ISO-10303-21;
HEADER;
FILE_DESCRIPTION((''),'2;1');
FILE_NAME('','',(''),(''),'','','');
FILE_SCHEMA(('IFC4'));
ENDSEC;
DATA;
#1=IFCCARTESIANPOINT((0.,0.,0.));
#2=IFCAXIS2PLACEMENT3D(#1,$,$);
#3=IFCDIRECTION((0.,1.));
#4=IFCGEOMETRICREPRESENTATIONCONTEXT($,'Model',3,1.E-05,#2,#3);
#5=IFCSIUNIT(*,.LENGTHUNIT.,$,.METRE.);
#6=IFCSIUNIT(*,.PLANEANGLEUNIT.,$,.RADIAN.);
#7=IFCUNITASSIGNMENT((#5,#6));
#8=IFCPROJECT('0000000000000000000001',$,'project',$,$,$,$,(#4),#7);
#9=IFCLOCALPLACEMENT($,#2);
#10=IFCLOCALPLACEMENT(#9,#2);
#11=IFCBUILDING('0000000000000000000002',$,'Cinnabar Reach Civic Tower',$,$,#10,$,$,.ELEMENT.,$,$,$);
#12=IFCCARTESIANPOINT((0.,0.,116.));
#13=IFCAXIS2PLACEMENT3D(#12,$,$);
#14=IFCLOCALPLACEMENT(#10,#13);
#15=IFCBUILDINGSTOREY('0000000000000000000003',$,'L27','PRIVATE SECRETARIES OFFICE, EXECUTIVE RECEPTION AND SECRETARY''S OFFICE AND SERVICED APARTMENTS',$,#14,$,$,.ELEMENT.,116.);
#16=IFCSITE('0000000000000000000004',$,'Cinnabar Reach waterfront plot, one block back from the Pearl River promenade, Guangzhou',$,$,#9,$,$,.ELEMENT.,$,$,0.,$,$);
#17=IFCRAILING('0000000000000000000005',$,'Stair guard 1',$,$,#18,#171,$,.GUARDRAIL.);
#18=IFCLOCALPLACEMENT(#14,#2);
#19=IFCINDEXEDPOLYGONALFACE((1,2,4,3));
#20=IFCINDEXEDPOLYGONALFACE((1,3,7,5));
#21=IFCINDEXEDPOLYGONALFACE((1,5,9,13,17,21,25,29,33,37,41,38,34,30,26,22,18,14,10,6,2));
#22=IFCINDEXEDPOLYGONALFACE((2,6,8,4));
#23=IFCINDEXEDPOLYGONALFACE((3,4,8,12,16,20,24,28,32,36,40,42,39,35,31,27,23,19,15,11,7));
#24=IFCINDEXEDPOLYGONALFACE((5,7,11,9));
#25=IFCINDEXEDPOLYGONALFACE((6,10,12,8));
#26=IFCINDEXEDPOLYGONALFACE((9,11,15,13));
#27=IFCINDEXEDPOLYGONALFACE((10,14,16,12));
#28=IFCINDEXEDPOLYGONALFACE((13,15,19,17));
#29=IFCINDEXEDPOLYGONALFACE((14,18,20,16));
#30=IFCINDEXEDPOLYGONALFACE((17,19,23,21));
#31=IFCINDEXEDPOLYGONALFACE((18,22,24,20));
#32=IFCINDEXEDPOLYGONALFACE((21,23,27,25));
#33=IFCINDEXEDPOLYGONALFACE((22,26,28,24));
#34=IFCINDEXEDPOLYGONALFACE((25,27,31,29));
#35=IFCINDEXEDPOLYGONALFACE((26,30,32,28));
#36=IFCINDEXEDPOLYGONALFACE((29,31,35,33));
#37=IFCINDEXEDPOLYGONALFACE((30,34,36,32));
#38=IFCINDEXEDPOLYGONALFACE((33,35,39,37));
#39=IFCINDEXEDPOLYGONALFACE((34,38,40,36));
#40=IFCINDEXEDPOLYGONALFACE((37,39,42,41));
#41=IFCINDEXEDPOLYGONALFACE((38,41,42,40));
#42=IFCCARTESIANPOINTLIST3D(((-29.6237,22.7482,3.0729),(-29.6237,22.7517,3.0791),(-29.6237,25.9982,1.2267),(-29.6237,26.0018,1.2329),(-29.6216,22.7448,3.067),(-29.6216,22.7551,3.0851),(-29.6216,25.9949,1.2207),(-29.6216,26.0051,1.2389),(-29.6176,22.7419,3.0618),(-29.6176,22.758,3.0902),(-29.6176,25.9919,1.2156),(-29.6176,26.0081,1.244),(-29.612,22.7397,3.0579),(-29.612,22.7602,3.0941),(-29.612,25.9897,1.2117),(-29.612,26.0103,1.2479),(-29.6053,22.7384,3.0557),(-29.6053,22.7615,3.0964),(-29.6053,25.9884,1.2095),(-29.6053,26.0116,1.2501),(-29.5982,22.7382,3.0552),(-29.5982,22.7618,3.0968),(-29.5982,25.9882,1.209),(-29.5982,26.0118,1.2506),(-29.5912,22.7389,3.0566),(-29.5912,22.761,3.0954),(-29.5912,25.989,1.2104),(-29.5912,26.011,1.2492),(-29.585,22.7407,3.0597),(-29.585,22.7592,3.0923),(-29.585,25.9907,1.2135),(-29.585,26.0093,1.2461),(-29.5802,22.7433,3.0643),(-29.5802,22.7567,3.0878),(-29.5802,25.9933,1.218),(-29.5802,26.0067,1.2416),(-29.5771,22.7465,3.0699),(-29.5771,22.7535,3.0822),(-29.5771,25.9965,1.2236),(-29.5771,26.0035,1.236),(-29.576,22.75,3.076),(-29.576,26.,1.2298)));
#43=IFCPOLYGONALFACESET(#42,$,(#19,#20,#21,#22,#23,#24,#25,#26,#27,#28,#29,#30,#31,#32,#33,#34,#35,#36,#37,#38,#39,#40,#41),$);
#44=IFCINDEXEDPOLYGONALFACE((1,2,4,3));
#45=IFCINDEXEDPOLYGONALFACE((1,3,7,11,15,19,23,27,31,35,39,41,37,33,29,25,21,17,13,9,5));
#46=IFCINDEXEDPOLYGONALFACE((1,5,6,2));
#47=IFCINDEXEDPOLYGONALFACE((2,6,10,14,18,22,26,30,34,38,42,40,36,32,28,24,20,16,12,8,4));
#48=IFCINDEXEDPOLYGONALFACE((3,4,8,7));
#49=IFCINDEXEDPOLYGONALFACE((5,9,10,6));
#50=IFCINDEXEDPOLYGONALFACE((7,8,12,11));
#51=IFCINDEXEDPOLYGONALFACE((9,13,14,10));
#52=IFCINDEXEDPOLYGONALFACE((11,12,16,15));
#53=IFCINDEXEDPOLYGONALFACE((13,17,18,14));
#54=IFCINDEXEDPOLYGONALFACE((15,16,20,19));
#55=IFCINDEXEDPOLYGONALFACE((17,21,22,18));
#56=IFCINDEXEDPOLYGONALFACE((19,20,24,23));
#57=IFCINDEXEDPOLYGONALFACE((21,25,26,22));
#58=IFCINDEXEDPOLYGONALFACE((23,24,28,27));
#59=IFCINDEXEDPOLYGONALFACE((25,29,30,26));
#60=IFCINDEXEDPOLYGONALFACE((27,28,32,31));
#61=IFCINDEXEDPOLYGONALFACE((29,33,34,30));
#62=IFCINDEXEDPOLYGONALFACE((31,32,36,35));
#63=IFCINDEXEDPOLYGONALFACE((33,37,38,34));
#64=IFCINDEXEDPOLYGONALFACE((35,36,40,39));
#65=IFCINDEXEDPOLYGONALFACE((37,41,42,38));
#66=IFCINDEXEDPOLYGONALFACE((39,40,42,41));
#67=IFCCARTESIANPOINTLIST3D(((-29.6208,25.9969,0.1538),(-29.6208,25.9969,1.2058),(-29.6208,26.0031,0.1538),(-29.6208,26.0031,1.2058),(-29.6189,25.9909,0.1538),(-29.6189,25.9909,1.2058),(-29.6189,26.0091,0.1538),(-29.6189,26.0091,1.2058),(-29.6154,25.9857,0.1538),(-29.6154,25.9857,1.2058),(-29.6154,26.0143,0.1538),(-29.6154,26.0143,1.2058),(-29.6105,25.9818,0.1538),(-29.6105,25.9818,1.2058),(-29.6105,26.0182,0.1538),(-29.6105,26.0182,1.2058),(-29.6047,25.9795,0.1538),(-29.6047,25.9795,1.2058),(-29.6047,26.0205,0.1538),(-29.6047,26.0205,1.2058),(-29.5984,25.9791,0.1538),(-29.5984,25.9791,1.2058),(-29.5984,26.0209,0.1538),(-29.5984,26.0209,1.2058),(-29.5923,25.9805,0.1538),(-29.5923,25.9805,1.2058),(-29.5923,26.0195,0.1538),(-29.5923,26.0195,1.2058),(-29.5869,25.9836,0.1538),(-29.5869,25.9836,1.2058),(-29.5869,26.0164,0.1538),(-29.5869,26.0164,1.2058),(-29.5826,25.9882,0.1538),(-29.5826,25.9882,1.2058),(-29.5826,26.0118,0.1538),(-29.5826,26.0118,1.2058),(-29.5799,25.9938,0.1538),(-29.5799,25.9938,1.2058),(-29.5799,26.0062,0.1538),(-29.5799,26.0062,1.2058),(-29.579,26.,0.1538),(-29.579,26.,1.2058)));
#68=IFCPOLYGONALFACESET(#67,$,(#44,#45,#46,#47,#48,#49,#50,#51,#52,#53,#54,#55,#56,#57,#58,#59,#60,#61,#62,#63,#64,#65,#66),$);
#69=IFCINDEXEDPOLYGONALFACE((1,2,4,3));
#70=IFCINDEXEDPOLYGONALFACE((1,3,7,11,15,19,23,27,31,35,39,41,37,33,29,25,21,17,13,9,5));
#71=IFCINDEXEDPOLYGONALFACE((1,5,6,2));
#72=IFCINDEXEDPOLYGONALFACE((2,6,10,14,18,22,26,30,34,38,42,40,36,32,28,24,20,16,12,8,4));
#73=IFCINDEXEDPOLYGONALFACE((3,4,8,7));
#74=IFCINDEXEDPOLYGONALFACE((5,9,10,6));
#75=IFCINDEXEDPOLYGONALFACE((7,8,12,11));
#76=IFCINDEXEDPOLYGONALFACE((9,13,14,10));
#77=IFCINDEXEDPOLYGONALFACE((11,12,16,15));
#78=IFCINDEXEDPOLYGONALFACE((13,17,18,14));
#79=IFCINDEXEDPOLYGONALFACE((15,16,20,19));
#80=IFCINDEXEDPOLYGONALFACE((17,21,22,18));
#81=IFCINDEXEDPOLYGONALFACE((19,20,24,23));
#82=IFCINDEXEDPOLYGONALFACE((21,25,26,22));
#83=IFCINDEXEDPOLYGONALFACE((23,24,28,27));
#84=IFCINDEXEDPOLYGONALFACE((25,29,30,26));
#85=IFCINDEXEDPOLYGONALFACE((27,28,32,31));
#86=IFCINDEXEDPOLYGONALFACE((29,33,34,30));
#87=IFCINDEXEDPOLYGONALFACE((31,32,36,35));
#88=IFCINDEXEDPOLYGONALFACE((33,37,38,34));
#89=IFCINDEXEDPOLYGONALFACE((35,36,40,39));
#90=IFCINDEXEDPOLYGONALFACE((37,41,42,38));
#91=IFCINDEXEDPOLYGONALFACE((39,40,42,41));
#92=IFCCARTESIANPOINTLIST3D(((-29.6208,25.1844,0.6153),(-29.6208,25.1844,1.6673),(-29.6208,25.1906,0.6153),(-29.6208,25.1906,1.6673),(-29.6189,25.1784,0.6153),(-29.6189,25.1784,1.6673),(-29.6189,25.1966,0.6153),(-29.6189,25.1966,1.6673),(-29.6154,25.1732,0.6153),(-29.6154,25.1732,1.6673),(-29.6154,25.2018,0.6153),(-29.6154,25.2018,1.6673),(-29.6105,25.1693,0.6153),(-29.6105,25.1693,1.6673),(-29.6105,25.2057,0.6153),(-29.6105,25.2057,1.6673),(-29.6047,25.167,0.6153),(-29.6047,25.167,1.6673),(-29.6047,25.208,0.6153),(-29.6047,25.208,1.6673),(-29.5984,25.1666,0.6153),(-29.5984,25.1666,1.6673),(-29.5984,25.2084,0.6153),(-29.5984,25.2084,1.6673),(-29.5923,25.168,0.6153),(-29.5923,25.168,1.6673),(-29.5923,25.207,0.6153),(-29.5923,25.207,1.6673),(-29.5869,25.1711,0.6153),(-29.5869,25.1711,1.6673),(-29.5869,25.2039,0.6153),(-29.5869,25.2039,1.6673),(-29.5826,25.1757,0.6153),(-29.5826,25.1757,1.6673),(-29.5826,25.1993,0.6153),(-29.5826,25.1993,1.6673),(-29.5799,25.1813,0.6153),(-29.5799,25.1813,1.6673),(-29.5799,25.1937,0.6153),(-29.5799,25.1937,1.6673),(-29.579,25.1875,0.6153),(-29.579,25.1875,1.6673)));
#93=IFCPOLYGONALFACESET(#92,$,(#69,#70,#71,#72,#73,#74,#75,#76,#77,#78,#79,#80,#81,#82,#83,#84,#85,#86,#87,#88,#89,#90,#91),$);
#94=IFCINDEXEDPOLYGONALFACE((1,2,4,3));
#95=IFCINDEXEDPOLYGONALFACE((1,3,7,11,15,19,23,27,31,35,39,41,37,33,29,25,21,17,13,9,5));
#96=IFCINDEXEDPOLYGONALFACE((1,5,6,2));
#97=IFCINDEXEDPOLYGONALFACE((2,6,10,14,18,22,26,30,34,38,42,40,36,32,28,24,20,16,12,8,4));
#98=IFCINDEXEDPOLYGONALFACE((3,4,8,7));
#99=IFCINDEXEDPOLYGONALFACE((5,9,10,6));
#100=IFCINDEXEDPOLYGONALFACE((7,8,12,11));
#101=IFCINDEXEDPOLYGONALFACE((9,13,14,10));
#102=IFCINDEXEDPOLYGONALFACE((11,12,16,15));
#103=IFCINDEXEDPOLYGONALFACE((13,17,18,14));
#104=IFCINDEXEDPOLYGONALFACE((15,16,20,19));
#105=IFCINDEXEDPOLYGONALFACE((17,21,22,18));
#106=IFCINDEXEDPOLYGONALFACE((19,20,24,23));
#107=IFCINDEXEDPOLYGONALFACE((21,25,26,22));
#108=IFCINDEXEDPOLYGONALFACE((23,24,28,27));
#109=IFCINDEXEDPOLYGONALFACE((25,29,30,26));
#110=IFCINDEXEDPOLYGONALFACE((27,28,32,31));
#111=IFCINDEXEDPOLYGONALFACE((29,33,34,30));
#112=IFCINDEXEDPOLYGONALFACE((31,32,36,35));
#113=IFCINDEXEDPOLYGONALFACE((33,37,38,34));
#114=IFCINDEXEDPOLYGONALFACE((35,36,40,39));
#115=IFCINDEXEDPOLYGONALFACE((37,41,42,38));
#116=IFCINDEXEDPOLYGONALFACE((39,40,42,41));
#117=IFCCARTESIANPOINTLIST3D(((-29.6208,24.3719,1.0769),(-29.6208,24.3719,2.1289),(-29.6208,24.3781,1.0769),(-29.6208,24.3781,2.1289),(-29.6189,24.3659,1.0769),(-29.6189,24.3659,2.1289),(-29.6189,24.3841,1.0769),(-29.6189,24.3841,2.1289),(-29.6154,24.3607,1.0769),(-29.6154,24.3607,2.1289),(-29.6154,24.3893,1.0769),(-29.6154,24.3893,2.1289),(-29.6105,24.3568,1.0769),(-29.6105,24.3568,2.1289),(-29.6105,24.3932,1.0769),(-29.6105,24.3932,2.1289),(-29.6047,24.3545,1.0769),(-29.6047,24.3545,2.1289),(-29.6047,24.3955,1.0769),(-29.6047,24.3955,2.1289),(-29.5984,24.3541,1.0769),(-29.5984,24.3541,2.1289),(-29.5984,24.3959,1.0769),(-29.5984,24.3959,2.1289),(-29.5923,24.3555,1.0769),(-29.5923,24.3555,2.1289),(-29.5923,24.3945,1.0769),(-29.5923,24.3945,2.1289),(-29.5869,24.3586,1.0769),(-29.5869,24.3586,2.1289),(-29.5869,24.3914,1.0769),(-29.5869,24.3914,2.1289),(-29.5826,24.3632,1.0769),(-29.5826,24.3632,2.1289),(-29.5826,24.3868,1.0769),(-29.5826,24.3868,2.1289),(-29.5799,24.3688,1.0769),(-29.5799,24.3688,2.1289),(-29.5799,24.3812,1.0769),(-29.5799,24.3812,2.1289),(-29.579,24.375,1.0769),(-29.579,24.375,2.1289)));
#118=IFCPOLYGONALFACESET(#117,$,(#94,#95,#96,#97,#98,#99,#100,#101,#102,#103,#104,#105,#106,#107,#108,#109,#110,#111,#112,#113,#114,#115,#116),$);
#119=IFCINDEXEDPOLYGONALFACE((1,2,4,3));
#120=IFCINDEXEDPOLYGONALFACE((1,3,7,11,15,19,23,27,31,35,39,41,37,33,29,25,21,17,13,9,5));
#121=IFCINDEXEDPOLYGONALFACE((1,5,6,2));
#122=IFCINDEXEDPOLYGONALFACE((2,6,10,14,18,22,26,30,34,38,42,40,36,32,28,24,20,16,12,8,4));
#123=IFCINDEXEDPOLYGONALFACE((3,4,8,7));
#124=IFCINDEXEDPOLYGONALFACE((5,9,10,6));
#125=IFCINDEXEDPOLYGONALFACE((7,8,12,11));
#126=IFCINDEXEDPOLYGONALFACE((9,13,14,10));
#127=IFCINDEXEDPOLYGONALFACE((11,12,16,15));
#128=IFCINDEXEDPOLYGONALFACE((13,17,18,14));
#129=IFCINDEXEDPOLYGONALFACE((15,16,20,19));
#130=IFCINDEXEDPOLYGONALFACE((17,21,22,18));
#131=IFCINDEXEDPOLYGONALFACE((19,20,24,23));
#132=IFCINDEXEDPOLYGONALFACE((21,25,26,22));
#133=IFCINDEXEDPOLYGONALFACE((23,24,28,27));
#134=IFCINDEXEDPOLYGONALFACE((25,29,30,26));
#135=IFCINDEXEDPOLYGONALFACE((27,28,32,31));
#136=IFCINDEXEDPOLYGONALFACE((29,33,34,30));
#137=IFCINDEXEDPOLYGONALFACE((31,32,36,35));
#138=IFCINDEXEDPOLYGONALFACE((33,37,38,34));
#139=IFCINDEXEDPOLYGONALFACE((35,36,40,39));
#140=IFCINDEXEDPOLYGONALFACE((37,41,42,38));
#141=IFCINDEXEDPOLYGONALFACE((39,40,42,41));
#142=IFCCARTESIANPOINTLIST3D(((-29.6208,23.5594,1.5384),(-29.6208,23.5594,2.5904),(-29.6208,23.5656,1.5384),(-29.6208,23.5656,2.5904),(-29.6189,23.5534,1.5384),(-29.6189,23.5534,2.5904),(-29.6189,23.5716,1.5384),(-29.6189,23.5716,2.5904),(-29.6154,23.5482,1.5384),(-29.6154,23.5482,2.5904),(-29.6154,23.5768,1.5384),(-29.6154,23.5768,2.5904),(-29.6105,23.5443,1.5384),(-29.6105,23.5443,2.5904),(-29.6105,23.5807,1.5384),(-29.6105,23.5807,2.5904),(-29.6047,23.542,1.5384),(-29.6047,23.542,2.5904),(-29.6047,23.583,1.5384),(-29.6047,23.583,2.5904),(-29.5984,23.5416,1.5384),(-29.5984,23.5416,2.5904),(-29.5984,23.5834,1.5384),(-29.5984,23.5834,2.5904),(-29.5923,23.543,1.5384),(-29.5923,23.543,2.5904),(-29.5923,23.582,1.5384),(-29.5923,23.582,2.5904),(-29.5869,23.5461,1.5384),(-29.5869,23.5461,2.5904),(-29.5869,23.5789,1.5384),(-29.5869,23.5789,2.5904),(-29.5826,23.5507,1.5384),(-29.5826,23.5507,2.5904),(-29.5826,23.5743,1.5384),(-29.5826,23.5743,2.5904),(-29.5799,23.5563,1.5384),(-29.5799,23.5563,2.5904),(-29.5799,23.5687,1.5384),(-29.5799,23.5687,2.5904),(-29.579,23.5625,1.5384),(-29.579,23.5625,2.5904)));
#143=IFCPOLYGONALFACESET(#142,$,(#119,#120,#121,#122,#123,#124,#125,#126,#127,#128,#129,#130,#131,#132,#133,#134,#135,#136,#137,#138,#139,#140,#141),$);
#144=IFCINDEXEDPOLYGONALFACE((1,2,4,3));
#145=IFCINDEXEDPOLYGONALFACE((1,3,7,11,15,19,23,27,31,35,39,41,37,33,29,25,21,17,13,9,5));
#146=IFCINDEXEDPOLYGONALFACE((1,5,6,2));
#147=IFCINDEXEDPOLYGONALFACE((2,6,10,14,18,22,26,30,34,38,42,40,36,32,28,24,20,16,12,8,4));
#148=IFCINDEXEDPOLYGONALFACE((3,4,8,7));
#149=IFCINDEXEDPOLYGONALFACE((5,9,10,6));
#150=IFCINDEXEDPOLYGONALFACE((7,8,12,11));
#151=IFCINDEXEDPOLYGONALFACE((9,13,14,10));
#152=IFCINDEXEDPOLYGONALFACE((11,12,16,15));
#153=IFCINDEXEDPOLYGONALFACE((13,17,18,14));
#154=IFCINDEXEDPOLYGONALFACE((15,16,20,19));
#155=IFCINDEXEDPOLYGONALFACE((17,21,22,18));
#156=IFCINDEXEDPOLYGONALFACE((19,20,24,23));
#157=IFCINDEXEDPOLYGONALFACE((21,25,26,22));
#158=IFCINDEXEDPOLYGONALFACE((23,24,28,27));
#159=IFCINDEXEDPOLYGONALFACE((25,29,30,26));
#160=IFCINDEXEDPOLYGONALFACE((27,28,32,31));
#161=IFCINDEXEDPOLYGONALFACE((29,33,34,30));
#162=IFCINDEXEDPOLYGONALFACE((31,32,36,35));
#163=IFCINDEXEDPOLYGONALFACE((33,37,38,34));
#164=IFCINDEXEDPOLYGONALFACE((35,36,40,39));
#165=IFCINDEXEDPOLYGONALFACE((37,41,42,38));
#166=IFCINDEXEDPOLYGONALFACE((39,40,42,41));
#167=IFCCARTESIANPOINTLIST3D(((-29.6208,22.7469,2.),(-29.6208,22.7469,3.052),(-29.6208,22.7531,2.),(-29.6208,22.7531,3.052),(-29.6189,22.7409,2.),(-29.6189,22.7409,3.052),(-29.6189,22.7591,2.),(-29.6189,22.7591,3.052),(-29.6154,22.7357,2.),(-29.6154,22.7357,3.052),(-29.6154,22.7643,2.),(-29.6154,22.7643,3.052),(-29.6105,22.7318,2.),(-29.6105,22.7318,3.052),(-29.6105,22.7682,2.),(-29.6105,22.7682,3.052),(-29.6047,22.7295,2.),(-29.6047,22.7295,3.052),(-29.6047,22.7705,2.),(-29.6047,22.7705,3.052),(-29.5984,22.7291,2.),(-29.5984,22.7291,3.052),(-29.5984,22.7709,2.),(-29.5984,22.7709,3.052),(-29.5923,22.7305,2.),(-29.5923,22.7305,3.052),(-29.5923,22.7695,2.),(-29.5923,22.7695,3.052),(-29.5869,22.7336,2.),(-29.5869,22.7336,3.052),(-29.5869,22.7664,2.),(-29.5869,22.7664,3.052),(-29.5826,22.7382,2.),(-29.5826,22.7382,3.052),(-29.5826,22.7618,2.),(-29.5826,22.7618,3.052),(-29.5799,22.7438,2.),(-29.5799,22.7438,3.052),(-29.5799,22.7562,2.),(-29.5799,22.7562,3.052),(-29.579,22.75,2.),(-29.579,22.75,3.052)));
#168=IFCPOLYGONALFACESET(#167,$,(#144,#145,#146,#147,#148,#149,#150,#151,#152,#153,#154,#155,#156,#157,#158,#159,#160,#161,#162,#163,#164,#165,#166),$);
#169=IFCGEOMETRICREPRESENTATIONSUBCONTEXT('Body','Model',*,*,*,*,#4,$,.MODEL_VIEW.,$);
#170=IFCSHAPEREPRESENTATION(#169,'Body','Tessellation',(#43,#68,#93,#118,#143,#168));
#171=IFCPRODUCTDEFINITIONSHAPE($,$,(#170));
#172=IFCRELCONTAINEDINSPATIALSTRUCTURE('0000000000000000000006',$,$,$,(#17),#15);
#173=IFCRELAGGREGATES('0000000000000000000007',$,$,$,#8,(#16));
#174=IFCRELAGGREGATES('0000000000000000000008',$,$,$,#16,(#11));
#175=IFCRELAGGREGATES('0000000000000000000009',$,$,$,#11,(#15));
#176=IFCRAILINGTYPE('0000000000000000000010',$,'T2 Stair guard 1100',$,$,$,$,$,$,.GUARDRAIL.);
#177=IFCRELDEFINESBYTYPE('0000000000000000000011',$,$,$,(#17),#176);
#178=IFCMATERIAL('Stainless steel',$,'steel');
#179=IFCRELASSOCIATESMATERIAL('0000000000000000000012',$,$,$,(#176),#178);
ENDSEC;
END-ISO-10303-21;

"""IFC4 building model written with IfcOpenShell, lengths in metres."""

from ifc_helpers import new_model, si_unit, direction, frame, origin, origin_2d, place, context, subcontext, project, spatial, circle, extrude, material, type_object, element, save


model = new_model("IFC4")

# Units and contexts
model_context = context("Model", 3, precision=1e-05, world=origin(), true_north=direction((0.0, 1.0)))
body_context = subcontext(model_context, "Body", "Model", "MODEL_VIEW")
ifc_project = project(units=[si_unit("LENGTHUNIT", "METRE"), si_unit("PLANEANGLEUNIT", "RADIAN")], contexts=[model_context])

# Site, building, storey
site_placement = place(None, origin())
site = spatial("IfcSite", under=ifc_project, at=site_placement, Name="Cinnabar Reach waterfront plot, one block back from the Pearl River promenade, Guangzhou", CompositionType="ELEMENT", RefElevation=0.0)
building_placement = place(site_placement, origin())
building = spatial("IfcBuilding", under=site, at=building_placement, Name="Cinnabar Reach Civic Tower", CompositionType="ELEMENT")
storey_placement = place(building_placement, frame((0.0, 0.0, 116.0)))
storey = spatial("IfcBuildingStorey", under=building, at=storey_placement, Name="L27", Description="PRIVATE SECRETARIES OFFICE, EXECUTIVE RECEPTION AND SECRETARY'S OFFICE AND SERVICED APARTMENTS", CompositionType="ELEMENT", Elevation=116.0)

# Railing
ifc_material_1 = material(Name="Stainless steel", Category="steel")
railing_type = type_object("IfcRailingType", Name="T2 Stair guard 1100", PredefinedType="GUARDRAIL", material=ifc_material_1)
railing_1_placement = place(storey_placement, frame((-29.6, 26.0, 0.1538)))
element("IfcRailing", 1, at=railing_1_placement, inside=storey, type_object=railing_type, Name="Stair guard 1", PredefinedType="GUARDRAIL", context=body_context, shape_type="SweptSolid", body=[
    extrude(circle(Radius=0.024, at=origin_2d()), frame((0.0, 0.0, 1.076), z_axis=(0.0, -0.869501, 0.49393), x_axis=(1.0, 0.0, 0.0)), (0.0, 0.0, 1.0), 3.7378),
    extrude(circle(Radius=0.021, at=origin_2d()), origin(), (0.0, 0.0, 1.0), 1.052),
    extrude(circle(Radius=0.021, at=origin_2d()), frame((0.0, -0.8125, 0.4615)), (0.0, 0.0, 1.0), 1.052),
    extrude(circle(Radius=0.021, at=origin_2d()), frame((0.0, -1.625, 0.9231)), (0.0, 0.0, 1.0), 1.052),
    extrude(circle(Radius=0.021, at=origin_2d()), frame((0.0, -2.4375, 1.3846)), (0.0, 0.0, 1.0), 1.052),
    extrude(circle(Radius=0.021, at=origin_2d()), frame((0.0, -3.25, 1.8462)), (0.0, 0.0, 1.0), 1.052),
])

save(model, "model.ifc")
